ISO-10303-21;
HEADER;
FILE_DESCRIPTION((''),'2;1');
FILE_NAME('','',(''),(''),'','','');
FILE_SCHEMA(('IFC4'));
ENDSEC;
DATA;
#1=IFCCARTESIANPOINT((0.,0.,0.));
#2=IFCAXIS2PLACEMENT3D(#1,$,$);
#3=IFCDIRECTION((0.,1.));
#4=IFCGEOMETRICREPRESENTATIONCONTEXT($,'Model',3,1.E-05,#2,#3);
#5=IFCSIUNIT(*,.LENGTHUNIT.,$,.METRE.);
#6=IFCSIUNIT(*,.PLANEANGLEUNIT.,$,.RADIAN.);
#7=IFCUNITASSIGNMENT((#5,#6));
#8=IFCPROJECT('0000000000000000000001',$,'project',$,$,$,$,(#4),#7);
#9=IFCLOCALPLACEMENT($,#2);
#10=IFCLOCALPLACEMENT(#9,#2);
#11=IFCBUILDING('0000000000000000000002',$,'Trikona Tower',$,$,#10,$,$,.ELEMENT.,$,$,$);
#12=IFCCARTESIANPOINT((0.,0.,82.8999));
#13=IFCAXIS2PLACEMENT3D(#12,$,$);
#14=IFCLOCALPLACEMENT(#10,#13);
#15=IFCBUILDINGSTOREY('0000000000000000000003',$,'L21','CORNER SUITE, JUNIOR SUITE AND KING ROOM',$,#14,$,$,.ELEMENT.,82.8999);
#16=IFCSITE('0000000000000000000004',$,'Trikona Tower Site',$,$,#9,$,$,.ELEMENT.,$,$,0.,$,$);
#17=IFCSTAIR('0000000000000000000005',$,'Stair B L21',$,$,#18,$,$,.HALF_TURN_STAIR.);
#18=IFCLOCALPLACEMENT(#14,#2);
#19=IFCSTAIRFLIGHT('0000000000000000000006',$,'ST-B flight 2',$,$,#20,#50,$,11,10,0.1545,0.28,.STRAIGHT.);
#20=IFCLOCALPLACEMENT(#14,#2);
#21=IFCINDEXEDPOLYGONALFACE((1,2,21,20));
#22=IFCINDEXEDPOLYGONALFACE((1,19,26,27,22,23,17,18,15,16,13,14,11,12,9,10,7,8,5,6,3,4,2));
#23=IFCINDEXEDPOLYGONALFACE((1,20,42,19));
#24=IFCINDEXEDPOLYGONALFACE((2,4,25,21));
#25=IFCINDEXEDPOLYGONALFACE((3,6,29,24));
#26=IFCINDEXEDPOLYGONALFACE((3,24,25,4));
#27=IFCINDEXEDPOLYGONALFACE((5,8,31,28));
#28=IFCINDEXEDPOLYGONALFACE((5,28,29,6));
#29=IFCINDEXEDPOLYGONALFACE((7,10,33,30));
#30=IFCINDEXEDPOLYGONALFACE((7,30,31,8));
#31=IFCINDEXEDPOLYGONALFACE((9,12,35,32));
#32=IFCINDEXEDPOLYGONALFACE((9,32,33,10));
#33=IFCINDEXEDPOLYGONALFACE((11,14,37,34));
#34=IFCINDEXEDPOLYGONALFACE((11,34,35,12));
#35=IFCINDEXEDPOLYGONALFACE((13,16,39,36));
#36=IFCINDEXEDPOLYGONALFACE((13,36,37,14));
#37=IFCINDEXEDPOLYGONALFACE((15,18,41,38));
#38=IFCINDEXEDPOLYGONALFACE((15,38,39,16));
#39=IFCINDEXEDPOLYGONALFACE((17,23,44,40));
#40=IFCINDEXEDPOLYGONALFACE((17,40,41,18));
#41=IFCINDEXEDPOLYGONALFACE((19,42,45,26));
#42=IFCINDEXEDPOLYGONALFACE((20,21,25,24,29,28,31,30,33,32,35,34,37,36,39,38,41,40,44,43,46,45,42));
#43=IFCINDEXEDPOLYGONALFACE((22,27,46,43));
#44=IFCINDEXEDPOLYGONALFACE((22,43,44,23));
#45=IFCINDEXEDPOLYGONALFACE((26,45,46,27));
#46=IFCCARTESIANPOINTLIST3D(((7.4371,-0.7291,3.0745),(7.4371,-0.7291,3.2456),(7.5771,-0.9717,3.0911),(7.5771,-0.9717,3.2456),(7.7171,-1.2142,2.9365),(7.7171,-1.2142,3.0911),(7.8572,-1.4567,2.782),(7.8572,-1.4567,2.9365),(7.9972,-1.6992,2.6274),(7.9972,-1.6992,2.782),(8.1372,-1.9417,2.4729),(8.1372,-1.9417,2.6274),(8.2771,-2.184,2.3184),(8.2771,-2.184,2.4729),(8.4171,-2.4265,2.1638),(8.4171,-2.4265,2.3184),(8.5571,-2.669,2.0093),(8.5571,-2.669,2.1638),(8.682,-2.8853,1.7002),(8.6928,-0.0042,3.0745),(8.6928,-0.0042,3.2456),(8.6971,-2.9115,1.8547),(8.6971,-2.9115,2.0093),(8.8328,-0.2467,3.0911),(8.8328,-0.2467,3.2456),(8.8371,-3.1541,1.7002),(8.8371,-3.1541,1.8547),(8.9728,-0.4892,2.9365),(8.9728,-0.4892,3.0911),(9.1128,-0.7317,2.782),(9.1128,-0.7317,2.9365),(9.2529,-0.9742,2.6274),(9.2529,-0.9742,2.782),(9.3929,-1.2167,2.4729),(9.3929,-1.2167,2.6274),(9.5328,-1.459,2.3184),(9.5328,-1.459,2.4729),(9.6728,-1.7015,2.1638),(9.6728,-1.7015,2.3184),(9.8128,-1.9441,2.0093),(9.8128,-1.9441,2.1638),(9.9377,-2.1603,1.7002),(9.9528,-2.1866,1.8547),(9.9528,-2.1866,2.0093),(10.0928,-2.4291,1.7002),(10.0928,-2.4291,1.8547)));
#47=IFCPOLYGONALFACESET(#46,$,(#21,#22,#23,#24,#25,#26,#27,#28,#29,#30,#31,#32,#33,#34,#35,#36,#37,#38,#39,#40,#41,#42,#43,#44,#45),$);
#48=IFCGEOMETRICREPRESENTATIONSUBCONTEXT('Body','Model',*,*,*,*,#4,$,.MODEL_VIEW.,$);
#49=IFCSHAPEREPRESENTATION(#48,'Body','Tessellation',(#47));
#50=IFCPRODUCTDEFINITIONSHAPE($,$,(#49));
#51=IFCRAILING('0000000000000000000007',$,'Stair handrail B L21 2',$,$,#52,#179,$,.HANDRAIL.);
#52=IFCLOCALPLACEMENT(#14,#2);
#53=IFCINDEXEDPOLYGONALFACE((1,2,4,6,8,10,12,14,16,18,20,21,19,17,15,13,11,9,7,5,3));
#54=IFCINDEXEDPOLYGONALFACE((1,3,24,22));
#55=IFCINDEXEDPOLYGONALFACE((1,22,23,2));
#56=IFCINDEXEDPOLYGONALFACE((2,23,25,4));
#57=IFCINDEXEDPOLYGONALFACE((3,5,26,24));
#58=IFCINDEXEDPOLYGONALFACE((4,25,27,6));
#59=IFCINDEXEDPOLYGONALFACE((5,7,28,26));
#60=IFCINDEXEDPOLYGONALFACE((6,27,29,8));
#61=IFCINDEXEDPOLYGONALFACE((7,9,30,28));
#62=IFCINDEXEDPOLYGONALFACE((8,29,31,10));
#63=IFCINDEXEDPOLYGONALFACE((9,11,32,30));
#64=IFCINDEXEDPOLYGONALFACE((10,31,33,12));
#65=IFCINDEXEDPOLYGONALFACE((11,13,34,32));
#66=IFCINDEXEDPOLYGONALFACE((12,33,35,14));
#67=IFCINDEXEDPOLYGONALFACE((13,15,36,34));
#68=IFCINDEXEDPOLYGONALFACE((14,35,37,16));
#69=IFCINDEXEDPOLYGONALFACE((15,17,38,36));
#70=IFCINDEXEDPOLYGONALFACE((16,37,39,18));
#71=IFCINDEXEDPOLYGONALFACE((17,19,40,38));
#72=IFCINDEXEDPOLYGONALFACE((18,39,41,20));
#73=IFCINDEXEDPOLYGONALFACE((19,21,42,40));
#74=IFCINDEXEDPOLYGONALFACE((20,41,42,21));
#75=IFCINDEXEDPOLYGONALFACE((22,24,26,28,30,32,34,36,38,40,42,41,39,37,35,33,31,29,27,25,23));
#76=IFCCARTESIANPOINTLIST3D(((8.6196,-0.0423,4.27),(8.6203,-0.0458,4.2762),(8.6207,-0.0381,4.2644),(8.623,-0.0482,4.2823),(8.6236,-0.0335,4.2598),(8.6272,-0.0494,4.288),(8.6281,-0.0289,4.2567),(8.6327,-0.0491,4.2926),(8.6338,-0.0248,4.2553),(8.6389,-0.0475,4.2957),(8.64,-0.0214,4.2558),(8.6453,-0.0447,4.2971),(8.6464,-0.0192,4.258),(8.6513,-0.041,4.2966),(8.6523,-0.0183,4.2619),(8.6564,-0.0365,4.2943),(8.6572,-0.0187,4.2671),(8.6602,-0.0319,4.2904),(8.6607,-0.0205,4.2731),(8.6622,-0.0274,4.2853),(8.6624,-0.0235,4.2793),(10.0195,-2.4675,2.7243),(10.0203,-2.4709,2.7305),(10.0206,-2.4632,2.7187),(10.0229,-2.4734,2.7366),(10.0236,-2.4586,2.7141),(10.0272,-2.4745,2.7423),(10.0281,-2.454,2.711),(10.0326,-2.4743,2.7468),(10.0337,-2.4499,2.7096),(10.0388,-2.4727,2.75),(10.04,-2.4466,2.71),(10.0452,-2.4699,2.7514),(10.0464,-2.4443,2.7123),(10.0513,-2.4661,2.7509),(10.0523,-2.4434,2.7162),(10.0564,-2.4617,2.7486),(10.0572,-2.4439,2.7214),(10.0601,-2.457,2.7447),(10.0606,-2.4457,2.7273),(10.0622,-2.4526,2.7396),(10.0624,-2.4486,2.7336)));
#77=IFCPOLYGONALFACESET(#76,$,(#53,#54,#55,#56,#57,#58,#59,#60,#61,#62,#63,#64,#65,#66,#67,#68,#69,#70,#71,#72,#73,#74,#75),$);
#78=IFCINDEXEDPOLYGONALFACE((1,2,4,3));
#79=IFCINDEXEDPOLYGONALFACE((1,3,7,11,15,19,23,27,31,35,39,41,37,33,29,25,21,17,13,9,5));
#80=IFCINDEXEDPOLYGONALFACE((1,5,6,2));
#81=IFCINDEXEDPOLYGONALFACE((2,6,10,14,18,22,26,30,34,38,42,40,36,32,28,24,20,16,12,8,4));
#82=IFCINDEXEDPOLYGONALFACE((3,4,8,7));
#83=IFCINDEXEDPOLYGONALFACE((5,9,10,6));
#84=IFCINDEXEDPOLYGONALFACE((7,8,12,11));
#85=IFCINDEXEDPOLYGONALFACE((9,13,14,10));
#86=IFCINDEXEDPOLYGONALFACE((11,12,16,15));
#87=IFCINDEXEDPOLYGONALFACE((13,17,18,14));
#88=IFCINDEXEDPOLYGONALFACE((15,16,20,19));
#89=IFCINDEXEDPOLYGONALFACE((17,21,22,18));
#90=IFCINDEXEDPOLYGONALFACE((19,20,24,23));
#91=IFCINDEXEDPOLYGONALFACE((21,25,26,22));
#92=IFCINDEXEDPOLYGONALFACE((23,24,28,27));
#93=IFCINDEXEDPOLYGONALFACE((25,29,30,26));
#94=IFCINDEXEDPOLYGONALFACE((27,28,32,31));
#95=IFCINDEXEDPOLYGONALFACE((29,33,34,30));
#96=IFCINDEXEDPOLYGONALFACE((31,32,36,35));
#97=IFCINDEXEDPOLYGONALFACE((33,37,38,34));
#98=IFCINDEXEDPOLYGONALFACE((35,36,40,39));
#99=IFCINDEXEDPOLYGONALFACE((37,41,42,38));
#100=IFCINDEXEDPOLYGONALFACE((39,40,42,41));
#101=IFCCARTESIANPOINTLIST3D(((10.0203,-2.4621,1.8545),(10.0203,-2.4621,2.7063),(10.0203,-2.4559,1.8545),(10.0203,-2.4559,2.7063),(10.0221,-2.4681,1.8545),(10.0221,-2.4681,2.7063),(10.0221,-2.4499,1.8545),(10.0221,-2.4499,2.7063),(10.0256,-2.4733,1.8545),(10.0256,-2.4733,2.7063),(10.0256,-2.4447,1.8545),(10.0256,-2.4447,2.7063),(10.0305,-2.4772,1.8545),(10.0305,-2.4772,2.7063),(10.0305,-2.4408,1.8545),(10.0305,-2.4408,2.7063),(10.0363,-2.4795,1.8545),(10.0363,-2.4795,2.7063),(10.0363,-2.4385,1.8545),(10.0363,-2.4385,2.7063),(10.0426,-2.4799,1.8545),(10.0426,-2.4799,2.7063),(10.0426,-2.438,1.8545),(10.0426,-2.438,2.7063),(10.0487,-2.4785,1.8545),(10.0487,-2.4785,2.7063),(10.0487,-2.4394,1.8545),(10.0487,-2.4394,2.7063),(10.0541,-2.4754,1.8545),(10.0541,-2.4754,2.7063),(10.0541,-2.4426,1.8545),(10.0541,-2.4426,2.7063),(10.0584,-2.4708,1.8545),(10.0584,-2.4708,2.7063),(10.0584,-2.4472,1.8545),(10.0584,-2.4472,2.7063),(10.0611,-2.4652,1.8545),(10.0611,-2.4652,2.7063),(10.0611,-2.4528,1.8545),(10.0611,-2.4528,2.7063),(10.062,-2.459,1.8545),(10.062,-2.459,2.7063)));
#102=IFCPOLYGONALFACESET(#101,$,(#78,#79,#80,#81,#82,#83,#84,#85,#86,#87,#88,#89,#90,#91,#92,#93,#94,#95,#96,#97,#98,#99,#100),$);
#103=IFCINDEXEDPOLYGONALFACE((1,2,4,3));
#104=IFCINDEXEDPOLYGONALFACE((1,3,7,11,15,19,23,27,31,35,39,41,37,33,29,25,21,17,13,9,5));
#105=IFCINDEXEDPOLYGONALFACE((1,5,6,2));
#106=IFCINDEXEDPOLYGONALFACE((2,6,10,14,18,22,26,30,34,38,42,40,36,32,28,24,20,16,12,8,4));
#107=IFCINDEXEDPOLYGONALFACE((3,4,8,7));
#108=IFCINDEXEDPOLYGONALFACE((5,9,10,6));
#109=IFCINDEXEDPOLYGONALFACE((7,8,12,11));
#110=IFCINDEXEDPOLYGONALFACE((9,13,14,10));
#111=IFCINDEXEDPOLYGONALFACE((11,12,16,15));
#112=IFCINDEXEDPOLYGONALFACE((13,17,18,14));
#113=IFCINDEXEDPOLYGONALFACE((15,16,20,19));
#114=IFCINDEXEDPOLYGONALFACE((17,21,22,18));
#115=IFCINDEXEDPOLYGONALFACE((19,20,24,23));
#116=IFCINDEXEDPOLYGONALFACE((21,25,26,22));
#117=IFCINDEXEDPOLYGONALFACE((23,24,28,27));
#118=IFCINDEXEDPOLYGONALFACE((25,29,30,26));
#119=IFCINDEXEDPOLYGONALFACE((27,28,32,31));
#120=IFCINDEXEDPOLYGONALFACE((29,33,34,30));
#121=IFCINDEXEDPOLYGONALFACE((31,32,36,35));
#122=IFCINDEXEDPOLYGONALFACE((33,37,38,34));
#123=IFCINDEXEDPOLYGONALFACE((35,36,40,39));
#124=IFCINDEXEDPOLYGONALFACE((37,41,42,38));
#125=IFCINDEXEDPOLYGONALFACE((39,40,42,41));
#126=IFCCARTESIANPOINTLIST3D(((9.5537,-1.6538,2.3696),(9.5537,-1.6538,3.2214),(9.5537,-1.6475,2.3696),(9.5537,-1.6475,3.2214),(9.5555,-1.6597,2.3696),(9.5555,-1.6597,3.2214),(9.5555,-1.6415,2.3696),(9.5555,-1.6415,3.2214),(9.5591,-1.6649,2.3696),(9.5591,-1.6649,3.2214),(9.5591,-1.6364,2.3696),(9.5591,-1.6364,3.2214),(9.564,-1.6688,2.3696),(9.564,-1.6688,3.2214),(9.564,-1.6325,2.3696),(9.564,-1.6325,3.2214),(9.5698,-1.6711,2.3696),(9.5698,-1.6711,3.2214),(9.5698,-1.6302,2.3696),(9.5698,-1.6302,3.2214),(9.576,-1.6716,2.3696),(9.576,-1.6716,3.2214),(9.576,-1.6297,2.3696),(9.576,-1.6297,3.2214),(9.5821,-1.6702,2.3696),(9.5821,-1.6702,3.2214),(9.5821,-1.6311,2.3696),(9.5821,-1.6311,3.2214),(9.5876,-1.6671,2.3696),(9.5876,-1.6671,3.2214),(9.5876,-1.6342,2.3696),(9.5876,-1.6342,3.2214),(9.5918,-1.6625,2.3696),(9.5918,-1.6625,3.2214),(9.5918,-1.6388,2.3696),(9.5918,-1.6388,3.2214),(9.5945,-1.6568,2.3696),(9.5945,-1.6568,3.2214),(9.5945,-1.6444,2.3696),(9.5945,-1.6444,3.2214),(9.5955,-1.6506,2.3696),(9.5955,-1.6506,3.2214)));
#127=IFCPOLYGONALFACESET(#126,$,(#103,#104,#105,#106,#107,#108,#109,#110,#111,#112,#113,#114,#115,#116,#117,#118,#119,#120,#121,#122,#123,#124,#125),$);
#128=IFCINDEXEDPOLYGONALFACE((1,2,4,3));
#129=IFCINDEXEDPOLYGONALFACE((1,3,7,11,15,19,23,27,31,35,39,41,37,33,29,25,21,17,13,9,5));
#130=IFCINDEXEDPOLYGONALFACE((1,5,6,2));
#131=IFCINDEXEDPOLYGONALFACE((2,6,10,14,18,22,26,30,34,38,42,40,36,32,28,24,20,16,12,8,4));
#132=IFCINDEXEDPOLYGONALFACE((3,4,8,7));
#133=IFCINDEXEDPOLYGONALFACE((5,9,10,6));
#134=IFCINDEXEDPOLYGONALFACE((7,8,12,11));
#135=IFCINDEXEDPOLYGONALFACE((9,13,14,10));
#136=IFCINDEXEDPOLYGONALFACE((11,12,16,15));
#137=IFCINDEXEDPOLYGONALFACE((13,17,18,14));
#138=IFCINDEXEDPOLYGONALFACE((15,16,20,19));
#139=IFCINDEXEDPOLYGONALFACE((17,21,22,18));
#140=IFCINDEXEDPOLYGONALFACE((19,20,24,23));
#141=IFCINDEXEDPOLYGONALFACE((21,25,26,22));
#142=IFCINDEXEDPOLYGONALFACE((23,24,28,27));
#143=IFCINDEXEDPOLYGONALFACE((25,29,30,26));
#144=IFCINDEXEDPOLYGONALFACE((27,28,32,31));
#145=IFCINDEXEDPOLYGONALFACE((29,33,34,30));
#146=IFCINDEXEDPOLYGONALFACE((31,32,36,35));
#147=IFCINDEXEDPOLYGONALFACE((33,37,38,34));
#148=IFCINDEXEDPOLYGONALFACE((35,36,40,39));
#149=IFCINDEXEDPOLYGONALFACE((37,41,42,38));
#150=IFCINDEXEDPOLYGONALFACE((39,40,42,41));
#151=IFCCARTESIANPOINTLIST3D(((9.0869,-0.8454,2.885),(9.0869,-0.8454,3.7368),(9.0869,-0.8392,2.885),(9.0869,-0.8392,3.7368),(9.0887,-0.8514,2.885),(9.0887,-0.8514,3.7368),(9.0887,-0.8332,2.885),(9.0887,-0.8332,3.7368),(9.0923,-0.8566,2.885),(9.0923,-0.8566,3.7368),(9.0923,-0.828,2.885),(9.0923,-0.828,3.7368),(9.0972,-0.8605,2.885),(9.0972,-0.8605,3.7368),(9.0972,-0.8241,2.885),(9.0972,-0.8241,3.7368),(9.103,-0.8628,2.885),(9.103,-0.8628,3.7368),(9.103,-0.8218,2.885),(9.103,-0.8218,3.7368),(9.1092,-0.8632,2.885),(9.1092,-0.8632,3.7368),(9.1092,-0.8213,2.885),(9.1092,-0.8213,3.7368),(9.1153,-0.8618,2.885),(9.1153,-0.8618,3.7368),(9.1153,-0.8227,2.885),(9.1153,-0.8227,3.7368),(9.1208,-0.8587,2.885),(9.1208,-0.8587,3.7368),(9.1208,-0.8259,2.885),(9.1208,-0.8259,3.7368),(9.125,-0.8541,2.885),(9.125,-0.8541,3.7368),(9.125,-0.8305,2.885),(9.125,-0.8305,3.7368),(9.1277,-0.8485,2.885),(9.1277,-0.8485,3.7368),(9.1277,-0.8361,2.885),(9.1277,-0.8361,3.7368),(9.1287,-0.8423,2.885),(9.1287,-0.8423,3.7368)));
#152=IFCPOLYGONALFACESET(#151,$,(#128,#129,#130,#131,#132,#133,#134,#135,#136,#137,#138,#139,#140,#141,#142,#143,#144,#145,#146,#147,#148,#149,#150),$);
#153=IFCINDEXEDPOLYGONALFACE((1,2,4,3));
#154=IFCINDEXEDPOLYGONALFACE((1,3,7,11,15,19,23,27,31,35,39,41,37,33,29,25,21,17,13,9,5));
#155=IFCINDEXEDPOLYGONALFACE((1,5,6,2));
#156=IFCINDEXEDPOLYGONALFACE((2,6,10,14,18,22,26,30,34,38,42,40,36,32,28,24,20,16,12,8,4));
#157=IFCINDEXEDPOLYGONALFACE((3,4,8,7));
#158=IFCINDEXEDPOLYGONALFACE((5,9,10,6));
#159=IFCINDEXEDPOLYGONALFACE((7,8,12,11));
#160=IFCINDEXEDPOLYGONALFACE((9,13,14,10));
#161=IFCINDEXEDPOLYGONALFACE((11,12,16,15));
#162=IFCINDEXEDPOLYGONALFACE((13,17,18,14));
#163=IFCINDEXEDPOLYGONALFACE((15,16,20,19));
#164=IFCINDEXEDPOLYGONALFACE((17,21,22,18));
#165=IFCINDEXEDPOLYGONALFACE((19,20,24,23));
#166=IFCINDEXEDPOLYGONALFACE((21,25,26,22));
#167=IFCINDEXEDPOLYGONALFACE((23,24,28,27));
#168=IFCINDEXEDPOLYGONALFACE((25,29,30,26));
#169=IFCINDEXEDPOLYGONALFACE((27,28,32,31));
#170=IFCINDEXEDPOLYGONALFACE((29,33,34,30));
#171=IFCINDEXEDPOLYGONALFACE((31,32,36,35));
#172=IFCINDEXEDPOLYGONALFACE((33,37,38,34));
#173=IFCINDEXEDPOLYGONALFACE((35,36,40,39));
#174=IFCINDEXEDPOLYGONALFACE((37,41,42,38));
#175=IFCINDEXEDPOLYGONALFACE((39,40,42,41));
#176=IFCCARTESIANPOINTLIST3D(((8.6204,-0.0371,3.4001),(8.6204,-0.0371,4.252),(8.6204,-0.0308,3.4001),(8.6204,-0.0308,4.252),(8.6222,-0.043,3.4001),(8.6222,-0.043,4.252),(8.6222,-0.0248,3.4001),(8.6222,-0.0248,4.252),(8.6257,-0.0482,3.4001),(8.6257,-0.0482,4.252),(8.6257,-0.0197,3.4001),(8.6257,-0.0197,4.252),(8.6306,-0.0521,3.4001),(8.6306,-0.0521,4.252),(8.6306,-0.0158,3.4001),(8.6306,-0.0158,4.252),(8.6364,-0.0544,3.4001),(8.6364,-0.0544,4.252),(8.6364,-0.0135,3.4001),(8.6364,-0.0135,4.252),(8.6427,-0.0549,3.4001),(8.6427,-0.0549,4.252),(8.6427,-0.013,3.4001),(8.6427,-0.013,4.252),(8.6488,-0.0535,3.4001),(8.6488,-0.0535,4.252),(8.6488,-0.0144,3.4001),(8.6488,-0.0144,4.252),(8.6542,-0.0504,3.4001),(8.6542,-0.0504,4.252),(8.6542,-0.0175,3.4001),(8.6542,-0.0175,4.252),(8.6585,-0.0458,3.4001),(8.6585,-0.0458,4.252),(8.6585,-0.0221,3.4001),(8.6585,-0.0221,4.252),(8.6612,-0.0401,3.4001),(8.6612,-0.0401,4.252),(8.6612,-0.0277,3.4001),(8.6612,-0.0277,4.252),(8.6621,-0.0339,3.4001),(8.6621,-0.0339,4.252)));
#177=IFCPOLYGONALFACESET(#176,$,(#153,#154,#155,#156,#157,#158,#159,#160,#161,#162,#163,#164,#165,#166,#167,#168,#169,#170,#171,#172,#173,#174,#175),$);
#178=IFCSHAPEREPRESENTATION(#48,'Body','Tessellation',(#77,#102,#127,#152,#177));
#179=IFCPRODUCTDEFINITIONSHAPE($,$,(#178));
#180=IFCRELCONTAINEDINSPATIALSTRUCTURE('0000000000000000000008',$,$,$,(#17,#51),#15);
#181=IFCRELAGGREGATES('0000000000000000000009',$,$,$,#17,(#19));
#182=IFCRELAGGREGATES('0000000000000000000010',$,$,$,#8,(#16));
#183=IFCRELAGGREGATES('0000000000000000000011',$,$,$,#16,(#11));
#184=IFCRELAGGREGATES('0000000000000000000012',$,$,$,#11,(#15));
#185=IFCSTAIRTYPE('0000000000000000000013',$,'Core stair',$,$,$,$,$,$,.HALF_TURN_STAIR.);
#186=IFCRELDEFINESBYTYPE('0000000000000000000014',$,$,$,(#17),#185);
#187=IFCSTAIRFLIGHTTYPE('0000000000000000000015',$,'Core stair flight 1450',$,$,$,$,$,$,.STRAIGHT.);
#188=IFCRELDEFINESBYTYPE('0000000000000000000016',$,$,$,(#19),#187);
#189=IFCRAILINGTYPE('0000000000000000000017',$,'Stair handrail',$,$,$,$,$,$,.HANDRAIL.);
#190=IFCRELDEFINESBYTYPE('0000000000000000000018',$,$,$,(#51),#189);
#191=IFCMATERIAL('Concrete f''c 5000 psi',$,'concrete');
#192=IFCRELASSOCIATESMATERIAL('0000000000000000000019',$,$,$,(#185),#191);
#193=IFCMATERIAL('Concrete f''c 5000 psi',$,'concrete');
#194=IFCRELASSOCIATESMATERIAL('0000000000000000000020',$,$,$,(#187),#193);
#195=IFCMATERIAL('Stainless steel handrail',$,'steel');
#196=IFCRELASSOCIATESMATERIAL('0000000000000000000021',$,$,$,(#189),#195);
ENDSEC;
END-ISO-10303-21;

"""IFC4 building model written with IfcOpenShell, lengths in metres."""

from ifc_helpers import new_model, si_unit, direction, frame, origin, origin_2d, place, context, subcontext, project, spatial, polyline, circle, outline, extrude, material, type_object, element, aggregate, save


model = new_model("IFC4")

# Units and contexts
model_context = context("Model", 3, precision=1e-05, world=origin(), true_north=direction((0.0, 1.0)))
body_context = subcontext(model_context, "Body", "Model", "MODEL_VIEW")
ifc_project = project(units=[si_unit("LENGTHUNIT", "METRE"), si_unit("PLANEANGLEUNIT", "RADIAN")], contexts=[model_context])

# Site, building, storey
site_placement = place(None, origin())
site = spatial("IfcSite", under=ifc_project, at=site_placement, Name="Trikona Tower Site", CompositionType="ELEMENT", RefElevation=0.0)
building_placement = place(site_placement, origin())
building = spatial("IfcBuilding", under=site, at=building_placement, Name="Trikona Tower", CompositionType="ELEMENT")
storey_placement = place(building_placement, frame((0.0, 0.0, 82.8999)))
storey = spatial("IfcBuildingStorey", under=building, at=storey_placement, Name="L21", Description="CORNER SUITE, JUNIOR SUITE AND KING ROOM", CompositionType="ELEMENT", Elevation=82.8999)

# Stair, stair flight
ifc_material_1 = material(Name="Concrete f'c 5000 psi", Category="concrete")
stair_type = type_object("IfcStairType", Name="Core stair", PredefinedType="HALF_TURN_STAIR", material=ifc_material_1)
stair_placement = place(storey_placement, origin())
stair = element("IfcStair", 1, at=stair_placement, inside=storey, type_object=stair_type, Name="Stair B L21", PredefinedType="HALF_TURN_STAIR")
ifc_material_2 = material(Name="Concrete f'c 5000 psi", Category="concrete")
stair_flight_type = type_object("IfcStairFlightType", Name="Core stair flight 1450", PredefinedType="STRAIGHT", material=ifc_material_2)
stair_flight_placement = place(storey_placement, frame((9.4651, -2.7915, 1.7002), z_axis=(0.0, 0.0, 1.0), x_axis=(-0.5, 0.866025, 0.0)))
stair_flight = element("IfcStairFlight", 2, at=stair_flight_placement, type_object=stair_flight_type, Name="ST-B flight 2", NumberOfRisers=11, NumberOfTreads=10, PredefinedType="STRAIGHT", RiserHeight=0.1545, TreadLength=0.28, context=body_context, shape_type="SweptSolid", body=[
    extrude(outline(polyline([(0.0, 0.0), (0.0, 0.1545), (0.28, 0.1545), (0.28, 0.3091), (0.5601, 0.3091), (0.5601, 0.4636), (0.8401, 0.4636), (0.8401, 0.6182), (1.1201, 0.6182), (1.1201, 0.7727), (1.3999, 0.7727), (1.3999, 0.9272), (1.6799, 0.9272), (1.6799, 1.0818), (1.96, 1.0818), (1.96, 1.2363), (2.24, 1.2363), (2.24, 1.3909), (2.52, 1.3909), (2.52, 1.5454), (2.8, 1.5454), (2.8, 1.7), (2.8, 1.3743), (0.3103, 0.0), (0.0, 0.0)])), frame((0.0, 0.7251, 0.0), z_axis=(0.0, -1.0, 0.0), x_axis=(1.0, 0.0, 0.0)), (0.0, 0.0, 1.0), 1.45),
])
aggregate(stair, [stair_flight])

# Railing
ifc_material_3 = material(Name="Stainless steel handrail", Category="steel")
railing_type = type_object("IfcRailingType", Name="Stair handrail", PredefinedType="HANDRAIL", material=ifc_material_3)
railing_placement = place(storey_placement, frame((10.041, -2.459, 1.8545)))
element("IfcRailing", 3, at=railing_placement, inside=storey, type_object=railing_type, Name="Stair handrail B L21 2", PredefinedType="HANDRAIL", context=body_context, shape_type="SweptSolid", body=[
    extrude(circle(Radius=0.0239, at=origin_2d()), frame((0.0, 0.0, 0.876), z_axis=(-0.437691, 0.758212, 0.483262), x_axis=(-0.866056, -0.499946, 0.0)), (0.0, 0.0, 1.0), 3.1985),
    extrude(circle(Radius=0.021, at=origin_2d()), origin(), (0.0, 0.0, 1.0), 0.8518),
    extrude(circle(Radius=0.021, at=origin_2d()), frame((-0.4666, 0.8083, 0.5151)), (0.0, 0.0, 1.0), 0.8518),
    extrude(circle(Radius=0.021, at=origin_2d()), frame((-0.9333, 1.6167, 1.0305)), (0.0, 0.0, 1.0), 0.8518),
    extrude(circle(Radius=0.021, at=origin_2d()), frame((-1.3999, 2.425, 1.5457)), (0.0, 0.0, 1.0), 0.8518),
])

save(model, "model.ifc")
